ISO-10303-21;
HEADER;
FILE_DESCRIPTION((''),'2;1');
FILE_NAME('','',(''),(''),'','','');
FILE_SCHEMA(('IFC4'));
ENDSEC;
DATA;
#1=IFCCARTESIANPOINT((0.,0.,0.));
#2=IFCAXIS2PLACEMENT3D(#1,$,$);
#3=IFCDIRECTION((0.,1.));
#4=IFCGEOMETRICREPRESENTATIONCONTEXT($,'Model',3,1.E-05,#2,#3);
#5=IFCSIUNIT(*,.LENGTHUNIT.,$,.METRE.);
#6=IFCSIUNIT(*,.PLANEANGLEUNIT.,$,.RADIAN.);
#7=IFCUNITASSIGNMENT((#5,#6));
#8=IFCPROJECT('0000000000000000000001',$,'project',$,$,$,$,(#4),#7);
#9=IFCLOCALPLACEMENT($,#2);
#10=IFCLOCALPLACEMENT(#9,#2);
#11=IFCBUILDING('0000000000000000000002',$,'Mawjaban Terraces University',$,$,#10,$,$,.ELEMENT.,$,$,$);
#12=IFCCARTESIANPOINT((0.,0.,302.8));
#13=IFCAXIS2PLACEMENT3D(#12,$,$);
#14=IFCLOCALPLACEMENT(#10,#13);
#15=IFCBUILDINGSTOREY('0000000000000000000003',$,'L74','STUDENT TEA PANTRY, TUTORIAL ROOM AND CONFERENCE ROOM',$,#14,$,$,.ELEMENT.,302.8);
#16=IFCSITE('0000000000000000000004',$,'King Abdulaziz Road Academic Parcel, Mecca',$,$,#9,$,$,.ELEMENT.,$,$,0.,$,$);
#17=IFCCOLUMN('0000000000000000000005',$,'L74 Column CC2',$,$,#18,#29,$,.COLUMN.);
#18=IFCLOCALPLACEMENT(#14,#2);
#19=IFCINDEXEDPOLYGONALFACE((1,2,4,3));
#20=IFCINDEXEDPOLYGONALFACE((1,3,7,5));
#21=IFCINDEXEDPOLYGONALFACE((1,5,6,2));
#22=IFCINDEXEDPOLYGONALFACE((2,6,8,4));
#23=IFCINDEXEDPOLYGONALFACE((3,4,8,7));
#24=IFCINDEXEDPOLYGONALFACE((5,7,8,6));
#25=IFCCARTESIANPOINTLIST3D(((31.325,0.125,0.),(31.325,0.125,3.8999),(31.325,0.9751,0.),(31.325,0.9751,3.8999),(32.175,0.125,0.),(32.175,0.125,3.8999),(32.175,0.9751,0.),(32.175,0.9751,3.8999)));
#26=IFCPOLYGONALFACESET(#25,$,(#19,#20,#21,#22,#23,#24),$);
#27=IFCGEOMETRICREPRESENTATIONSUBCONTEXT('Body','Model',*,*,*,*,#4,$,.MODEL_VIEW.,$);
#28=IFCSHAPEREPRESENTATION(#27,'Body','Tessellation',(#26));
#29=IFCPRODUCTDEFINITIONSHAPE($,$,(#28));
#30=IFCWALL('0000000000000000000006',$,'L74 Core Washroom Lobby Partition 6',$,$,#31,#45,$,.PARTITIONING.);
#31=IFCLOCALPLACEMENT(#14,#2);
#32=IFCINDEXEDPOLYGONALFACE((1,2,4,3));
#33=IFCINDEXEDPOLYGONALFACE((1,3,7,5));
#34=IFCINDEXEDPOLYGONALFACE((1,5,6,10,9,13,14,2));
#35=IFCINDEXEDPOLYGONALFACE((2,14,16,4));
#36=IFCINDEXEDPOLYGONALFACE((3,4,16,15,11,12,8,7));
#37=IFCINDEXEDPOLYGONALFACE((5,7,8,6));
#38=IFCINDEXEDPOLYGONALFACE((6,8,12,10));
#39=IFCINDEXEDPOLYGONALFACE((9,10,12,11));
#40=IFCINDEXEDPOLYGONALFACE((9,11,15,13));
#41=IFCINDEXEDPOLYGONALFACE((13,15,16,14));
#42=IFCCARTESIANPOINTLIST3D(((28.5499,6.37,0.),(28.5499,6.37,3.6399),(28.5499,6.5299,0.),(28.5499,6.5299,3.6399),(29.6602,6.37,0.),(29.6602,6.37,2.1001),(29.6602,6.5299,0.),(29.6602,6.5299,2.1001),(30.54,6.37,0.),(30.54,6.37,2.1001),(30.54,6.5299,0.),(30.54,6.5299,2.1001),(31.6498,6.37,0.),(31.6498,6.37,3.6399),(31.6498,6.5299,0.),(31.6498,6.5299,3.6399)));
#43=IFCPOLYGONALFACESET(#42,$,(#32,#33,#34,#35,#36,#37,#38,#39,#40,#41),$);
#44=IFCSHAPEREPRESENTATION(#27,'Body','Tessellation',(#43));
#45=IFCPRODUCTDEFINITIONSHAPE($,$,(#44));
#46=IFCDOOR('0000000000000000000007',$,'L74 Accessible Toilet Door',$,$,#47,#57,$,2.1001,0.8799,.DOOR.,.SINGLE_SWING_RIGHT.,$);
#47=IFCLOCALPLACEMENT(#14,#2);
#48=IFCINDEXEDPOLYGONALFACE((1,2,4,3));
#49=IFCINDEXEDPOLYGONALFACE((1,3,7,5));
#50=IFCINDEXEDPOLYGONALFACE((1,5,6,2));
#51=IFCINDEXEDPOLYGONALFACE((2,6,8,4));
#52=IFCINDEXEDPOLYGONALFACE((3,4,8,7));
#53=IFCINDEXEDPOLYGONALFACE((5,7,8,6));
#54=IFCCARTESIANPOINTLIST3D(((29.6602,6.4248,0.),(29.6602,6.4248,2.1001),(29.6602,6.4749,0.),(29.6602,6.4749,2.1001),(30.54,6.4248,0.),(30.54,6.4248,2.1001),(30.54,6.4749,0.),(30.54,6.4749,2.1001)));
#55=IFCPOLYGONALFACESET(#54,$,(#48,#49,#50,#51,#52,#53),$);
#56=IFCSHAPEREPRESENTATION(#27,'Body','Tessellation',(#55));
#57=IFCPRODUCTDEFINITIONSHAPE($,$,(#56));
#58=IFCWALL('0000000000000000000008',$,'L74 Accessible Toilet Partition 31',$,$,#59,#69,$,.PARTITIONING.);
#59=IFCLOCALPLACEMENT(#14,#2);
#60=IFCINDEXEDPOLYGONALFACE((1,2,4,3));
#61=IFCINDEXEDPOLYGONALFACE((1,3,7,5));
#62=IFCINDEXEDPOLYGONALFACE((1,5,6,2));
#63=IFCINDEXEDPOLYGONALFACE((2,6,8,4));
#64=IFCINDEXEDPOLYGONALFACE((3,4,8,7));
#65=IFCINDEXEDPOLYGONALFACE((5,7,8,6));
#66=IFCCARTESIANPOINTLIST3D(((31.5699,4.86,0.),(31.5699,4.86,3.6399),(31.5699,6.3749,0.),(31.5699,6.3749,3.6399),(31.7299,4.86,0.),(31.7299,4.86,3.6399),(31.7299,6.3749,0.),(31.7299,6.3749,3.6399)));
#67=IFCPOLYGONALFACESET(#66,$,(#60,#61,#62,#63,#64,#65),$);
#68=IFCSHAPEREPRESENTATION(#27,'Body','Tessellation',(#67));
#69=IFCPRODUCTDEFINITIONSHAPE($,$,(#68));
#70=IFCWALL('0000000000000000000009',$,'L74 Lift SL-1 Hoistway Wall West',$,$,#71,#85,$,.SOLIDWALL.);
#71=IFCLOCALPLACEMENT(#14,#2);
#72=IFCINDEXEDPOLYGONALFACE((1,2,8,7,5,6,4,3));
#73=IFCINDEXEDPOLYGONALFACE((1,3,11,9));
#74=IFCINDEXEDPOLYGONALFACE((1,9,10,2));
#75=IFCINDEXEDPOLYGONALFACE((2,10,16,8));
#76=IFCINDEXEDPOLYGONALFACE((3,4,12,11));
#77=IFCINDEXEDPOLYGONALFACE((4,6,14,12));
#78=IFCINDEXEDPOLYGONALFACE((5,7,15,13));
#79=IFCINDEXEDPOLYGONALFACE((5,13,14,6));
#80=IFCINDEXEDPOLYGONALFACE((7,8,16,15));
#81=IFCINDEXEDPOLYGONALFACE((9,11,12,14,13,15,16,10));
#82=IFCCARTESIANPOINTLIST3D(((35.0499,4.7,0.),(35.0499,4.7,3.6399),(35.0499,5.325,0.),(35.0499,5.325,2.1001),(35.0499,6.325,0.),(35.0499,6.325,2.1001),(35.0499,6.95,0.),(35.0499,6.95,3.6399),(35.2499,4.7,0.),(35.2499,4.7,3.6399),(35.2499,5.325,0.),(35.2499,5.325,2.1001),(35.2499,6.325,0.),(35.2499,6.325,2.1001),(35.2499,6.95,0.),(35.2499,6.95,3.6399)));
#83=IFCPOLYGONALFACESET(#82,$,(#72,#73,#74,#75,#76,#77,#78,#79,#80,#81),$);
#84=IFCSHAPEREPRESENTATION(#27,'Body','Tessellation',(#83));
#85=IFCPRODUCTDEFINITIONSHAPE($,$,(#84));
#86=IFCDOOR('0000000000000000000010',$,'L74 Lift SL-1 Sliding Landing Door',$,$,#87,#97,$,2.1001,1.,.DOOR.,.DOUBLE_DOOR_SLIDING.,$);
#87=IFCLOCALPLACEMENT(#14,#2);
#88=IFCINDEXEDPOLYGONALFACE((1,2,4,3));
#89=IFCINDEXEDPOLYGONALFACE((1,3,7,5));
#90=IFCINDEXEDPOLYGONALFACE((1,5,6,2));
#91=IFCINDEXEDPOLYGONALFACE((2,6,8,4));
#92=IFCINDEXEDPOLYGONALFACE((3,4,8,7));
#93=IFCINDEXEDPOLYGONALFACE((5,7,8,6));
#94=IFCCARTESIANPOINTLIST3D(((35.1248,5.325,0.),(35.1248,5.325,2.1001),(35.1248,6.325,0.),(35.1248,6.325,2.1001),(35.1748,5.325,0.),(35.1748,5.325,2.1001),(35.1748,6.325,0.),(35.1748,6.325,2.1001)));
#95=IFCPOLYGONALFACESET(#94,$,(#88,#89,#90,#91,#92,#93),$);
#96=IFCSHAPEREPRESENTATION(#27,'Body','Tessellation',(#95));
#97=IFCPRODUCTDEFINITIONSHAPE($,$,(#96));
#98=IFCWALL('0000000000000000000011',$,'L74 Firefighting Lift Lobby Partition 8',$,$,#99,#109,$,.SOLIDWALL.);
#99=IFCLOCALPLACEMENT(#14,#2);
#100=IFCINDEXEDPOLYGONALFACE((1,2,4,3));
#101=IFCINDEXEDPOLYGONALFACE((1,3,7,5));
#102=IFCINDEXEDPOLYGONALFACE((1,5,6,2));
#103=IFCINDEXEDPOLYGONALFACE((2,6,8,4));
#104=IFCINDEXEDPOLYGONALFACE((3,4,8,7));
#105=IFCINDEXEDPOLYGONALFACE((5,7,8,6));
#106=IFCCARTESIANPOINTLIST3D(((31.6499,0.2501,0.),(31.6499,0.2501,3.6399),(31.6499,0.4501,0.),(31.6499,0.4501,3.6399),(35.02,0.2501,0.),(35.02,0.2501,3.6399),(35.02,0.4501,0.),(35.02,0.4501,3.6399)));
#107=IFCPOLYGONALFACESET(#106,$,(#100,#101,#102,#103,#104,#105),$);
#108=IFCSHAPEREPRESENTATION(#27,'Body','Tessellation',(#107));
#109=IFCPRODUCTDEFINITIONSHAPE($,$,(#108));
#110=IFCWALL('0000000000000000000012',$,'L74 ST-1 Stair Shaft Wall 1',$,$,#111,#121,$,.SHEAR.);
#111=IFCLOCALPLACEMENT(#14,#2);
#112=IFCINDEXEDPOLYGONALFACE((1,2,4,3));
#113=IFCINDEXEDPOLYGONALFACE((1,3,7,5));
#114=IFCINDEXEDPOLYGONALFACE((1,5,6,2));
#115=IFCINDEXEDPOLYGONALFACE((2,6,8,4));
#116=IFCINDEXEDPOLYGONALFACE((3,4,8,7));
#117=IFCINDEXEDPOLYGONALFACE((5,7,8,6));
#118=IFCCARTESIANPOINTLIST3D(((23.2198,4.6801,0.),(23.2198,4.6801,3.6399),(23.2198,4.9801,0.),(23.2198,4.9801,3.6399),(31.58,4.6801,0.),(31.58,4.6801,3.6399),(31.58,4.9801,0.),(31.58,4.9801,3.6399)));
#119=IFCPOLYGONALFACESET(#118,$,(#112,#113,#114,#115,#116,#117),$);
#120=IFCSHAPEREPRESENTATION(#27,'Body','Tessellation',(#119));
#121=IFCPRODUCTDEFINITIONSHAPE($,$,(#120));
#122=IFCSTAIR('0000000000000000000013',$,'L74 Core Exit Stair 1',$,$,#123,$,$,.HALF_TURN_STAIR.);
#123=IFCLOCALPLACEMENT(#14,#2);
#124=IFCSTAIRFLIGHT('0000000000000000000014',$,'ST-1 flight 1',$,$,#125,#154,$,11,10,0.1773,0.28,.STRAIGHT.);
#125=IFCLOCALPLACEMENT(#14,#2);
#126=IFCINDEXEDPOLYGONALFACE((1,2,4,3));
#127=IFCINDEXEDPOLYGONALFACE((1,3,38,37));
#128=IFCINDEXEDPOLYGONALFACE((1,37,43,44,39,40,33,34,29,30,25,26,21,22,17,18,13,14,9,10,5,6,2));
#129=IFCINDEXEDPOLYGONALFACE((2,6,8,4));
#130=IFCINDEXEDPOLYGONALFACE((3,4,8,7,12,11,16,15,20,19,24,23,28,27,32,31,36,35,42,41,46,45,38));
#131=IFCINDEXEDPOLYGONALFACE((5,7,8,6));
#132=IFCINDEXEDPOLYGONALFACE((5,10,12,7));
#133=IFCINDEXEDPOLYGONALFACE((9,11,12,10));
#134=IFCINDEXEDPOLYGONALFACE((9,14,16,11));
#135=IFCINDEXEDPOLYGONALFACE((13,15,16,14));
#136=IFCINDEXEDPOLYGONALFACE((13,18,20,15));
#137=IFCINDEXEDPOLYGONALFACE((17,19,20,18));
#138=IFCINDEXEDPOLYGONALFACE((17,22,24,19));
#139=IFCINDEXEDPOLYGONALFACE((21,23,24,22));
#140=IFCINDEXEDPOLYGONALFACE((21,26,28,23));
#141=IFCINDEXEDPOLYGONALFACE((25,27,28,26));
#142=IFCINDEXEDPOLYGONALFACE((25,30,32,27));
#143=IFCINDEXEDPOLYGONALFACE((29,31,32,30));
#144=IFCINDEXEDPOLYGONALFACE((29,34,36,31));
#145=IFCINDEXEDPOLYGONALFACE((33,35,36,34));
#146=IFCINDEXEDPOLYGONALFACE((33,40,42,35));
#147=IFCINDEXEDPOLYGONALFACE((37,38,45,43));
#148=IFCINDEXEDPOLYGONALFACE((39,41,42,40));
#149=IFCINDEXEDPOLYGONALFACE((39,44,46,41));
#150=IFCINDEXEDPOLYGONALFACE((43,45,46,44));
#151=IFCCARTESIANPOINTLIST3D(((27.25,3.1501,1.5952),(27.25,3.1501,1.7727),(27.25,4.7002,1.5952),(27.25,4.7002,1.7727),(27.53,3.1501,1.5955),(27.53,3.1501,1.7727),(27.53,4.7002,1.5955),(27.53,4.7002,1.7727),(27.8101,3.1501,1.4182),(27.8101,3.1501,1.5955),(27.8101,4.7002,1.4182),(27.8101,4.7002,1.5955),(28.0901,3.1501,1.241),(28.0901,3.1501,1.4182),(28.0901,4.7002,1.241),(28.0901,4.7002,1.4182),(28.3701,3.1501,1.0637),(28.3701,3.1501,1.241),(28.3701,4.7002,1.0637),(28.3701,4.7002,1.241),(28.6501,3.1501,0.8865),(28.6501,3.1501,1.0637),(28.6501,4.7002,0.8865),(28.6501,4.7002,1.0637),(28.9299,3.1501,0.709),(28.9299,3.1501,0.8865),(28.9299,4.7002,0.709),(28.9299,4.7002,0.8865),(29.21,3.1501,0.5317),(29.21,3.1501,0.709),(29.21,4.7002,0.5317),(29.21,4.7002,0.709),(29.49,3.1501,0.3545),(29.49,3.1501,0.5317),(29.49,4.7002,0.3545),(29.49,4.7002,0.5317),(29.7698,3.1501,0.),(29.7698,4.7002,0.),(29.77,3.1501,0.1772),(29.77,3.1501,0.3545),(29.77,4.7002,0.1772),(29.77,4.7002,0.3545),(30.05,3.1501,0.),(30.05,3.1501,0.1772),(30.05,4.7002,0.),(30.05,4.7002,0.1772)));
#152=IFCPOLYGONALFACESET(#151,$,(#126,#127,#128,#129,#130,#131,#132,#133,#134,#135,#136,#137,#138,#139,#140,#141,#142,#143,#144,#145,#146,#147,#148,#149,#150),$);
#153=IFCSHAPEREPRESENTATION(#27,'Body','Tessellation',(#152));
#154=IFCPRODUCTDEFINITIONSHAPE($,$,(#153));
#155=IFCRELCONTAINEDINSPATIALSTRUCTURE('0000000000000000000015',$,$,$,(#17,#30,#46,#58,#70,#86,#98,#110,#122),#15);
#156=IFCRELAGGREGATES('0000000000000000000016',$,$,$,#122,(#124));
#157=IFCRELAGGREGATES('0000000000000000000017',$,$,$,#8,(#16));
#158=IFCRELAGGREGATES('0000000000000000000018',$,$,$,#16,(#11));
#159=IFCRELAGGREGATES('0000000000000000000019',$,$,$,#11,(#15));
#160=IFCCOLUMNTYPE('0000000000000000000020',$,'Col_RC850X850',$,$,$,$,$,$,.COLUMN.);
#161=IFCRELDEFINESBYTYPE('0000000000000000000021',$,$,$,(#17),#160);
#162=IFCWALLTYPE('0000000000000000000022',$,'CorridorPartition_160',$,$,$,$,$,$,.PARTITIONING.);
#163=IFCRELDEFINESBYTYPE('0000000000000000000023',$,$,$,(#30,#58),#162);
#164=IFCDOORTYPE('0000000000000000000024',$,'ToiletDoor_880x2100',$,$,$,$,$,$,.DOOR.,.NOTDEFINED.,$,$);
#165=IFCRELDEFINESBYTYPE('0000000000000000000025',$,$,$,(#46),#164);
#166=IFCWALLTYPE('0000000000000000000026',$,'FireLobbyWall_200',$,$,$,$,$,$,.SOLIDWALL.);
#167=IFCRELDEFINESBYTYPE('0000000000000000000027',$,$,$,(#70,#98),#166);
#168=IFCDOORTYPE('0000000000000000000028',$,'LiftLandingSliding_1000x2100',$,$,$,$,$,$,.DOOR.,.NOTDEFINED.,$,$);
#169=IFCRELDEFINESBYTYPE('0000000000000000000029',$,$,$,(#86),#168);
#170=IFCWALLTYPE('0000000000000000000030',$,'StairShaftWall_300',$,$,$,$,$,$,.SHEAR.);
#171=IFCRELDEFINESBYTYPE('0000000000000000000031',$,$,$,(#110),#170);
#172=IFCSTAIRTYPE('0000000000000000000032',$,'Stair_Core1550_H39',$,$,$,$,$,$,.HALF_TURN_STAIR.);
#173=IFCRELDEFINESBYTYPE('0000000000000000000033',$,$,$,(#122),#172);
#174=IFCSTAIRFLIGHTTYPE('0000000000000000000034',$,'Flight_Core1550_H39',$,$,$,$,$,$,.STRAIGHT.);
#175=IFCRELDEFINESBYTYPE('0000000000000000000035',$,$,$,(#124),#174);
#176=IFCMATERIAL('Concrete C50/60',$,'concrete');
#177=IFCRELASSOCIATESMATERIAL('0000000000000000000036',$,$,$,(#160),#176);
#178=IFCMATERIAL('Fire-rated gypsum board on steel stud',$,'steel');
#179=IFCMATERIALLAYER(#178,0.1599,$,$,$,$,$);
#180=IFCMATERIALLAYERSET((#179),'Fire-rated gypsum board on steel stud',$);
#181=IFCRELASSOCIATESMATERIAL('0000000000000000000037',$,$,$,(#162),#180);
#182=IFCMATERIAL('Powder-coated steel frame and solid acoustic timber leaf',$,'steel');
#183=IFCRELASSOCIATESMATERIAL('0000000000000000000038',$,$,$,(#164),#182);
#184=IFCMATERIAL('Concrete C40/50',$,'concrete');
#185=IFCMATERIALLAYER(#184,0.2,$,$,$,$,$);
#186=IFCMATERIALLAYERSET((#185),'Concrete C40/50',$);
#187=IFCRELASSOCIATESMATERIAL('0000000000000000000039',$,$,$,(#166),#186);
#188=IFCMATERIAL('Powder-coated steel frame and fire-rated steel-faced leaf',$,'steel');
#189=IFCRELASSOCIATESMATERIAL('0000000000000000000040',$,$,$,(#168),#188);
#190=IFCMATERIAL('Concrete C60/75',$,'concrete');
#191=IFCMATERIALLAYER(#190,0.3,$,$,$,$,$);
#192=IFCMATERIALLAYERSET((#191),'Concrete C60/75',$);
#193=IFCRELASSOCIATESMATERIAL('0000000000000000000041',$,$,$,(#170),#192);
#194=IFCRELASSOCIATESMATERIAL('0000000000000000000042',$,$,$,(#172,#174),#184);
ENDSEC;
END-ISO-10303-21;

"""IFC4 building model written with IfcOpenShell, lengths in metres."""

from ifc_helpers import new_model, si_unit, direction, frame, frame_2d, origin, origin_2d, place, context, subcontext, project, spatial, polyline, rectangle, outline, extrude, material, layer, layer_set, material_profile, profile_set, type_object, element, fill, aggregate, save


model = new_model("IFC4")

# Units and contexts
model_context = context("Model", 3, precision=1e-05, world=origin(), true_north=direction((0.0, 1.0)))
body_context = subcontext(model_context, "Body", "Model", "MODEL_VIEW")
ifc_project = project(units=[si_unit("LENGTHUNIT", "METRE"), si_unit("PLANEANGLEUNIT", "RADIAN")], contexts=[model_context])

# Site, building, storey
site_placement = place(None, origin())
site = spatial("IfcSite", under=ifc_project, at=site_placement, Name="King Abdulaziz Road Academic Parcel, Mecca", CompositionType="ELEMENT", RefElevation=0.0)
building_placement = place(site_placement, origin())
building = spatial("IfcBuilding", under=site, at=building_placement, Name="Mawjaban Terraces University", CompositionType="ELEMENT")
storey_placement = place(building_placement, frame((0.0, 0.0, 302.8)))
storey = spatial("IfcBuildingStorey", under=building, at=storey_placement, Name="L74", Description="STUDENT TEA PANTRY, TUTORIAL ROOM AND CONFERENCE ROOM", CompositionType="ELEMENT", Elevation=302.8)

# Column
ifc_material_1 = material(Name="Concrete C50/60", Category="concrete")
ifc_material_profile = material_profile(ifc_material_1, rectangle(XDim=0.8501, YDim=0.8501, at=origin_2d()), Name="RC850X850")
ifc_profile_set = profile_set([ifc_material_profile], Name="Concrete C50/60")
column_type = type_object("IfcColumnType", Name="Col_RC850X850", PredefinedType="COLUMN", material=ifc_profile_set)
column_placement = place(storey_placement, frame((31.75, 0.55, 0.0), z_axis=(0.0, 0.0, 1.0), x_axis=(1.0, 0.0, 0.0)))
element("IfcColumn", 1, at=column_placement, inside=storey, type_object=column_type, Name="L74 Column CC2", PredefinedType="COLUMN", context=body_context, shape_type="SweptSolid", body=[
    extrude(rectangle(XDim=0.8501, YDim=0.8501, at=origin_2d()), origin(), (0.0, 0.0, 1.0), 3.8999),
])

# Wall, opening, door
ifc_material_2 = material(Name="Fire-rated gypsum board on steel stud", Category="steel")
ifc_layer_1 = layer(ifc_material_2, 0.1599)
ifc_layer_set_1 = layer_set([ifc_layer_1], Name="Fire-rated gypsum board on steel stud")
wall_type_1 = type_object("IfcWallType", Name="CorridorPartition_160", PredefinedType="PARTITIONING", material=ifc_layer_set_1)
wall_1_placement = place(storey_placement, frame((28.55, 6.45, 0.0), z_axis=(0.0, 0.0, 1.0), x_axis=(1.0, 0.0, 0.0)))
wall_1 = element("IfcWall", 2, at=wall_1_placement, inside=storey, type_object=wall_type_1, Name="L74 Core Washroom Lobby Partition 6", PredefinedType="PARTITIONING", context=body_context, shape_type="SweptSolid", body=[
    extrude(rectangle(XDim=3.0999, YDim=0.1599, at=frame_2d((1.5498, 0.0))), origin(), (0.0, 0.0, 1.0), 3.6399),
])
opening_1_placement = place(wall_1_placement, frame((1.1101, 0.0, 0.0)))
opening_1 = element("IfcOpeningElement", 3, at=opening_1_placement, cuts=wall_1, PredefinedType="OPENING", context=body_context, shape_type="SweptSolid", body=[
    extrude(rectangle(XDim=0.8799, YDim=2.1001, at=frame_2d((0.4399, 1.05))), frame((0.0, 0.0898, 0.0), z_axis=(0.0, -1.0, 0.0), x_axis=(1.0, 0.0, 0.0)), (0.0, 0.0, 1.0), 0.1799),
])
ifc_material_3 = material(Name="Powder-coated steel frame and solid acoustic timber leaf", Category="steel")
door_type_1 = type_object("IfcDoorType", Name="ToiletDoor_880x2100", OperationType="NOTDEFINED", PredefinedType="DOOR", material=ifc_material_3)
door_1_placement = place(opening_1_placement, origin())
door_1 = element("IfcDoor", 4, at=door_1_placement, inside=storey, type_object=door_type_1, Name="L74 Accessible Toilet Door", OperationType="SINGLE_SWING_RIGHT", OverallHeight=2.1001, OverallWidth=0.8799, PredefinedType="DOOR", context=body_context, shape_type="SweptSolid", body=[
    extrude(rectangle(XDim=0.8799, YDim=2.1001, at=frame_2d((0.4399, 1.05))), frame((0.0, 0.0249, 0.0), z_axis=(0.0, -1.0, 0.0), x_axis=(1.0, 0.0, 0.0)), (0.0, 0.0, 1.0), 0.05),
])
fill(opening_1, door_1)

# Wall
wall_2_placement = place(storey_placement, frame((31.6499, 4.8601, 0.0), z_axis=(0.0, 0.0, 1.0), x_axis=(0.0, 1.0, 0.0)))
element("IfcWall", 5, at=wall_2_placement, inside=storey, type_object=wall_type_1, Name="L74 Accessible Toilet Partition 31", PredefinedType="PARTITIONING", context=body_context, shape_type="SweptSolid", body=[
    extrude(rectangle(XDim=1.5149, YDim=0.1599, at=frame_2d((0.7573, 0.0))), origin(), (0.0, 0.0, 1.0), 3.6399),
])

# Wall, opening, door
ifc_material_4 = material(Name="Concrete C40/50", Category="concrete")
ifc_layer_2 = layer(ifc_material_4, 0.2)
ifc_layer_set_2 = layer_set([ifc_layer_2], Name="Concrete C40/50")
wall_type_2 = type_object("IfcWallType", Name="FireLobbyWall_200", PredefinedType="SOLIDWALL", material=ifc_layer_set_2)
ifc_material_5 = material(Name="Powder-coated steel frame and fire-rated steel-faced leaf", Category="steel")
wall_3_placement = place(storey_placement, frame((35.1499, 6.95, 0.0), z_axis=(0.0, 0.0, 1.0), x_axis=(0.0, -1.0, 0.0)))
wall_3 = element("IfcWall", 6, at=wall_3_placement, inside=storey, type_object=wall_type_2, Name="L74 Lift SL-1 Hoistway Wall West", PredefinedType="SOLIDWALL", context=body_context, shape_type="SweptSolid", body=[
    extrude(rectangle(XDim=2.25, YDim=0.2, at=frame_2d((1.125, 0.0))), origin(), (0.0, 0.0, 1.0), 3.6399),
])
opening_2_placement = place(wall_3_placement, frame((0.625, 0.0, 0.0)))
opening_2 = element("IfcOpeningElement", 7, at=opening_2_placement, cuts=wall_3, PredefinedType="OPENING", context=body_context, shape_type="SweptSolid", body=[
    extrude(rectangle(XDim=1.0, YDim=2.1001, at=frame_2d((0.5, 1.05))), frame((0.0, 0.1099, 0.0), z_axis=(0.0, -1.0, 0.0), x_axis=(1.0, 0.0, 0.0)), (0.0, 0.0, 1.0), 0.22),
])
door_type_2 = type_object("IfcDoorType", Name="LiftLandingSliding_1000x2100", OperationType="NOTDEFINED", PredefinedType="DOOR", material=ifc_material_5)
door_2_placement = place(opening_2_placement, origin())
door_2 = element("IfcDoor", 8, at=door_2_placement, inside=storey, type_object=door_type_2, Name="L74 Lift SL-1 Sliding Landing Door", OperationType="DOUBLE_DOOR_SLIDING", OverallHeight=2.1001, OverallWidth=1.0, PredefinedType="DOOR", context=body_context, shape_type="SweptSolid", body=[
    extrude(rectangle(XDim=1.0, YDim=2.1001, at=frame_2d((0.5, 1.05))), frame((0.0, 0.0249, 0.0), z_axis=(0.0, -1.0, 0.0), x_axis=(1.0, 0.0, 0.0)), (0.0, 0.0, 1.0), 0.05),
])
fill(opening_2, door_2)

# Wall
wall_4_placement = place(storey_placement, frame((31.6499, 0.3501, 0.0), z_axis=(0.0, 0.0, 1.0), x_axis=(1.0, 0.0, 0.0)))
element("IfcWall", 9, at=wall_4_placement, inside=storey, type_object=wall_type_2, Name="L74 Firefighting Lift Lobby Partition 8", PredefinedType="SOLIDWALL", context=body_context, shape_type="SweptSolid", body=[
    extrude(rectangle(XDim=3.3701, YDim=0.2, at=frame_2d((1.6851, 0.0))), origin(), (0.0, 0.0, 1.0), 3.6399),
])

# Wall
ifc_material_6 = material(Name="Concrete C60/75", Category="concrete")
ifc_layer_3 = layer(ifc_material_6, 0.3)
ifc_layer_set_3 = layer_set([ifc_layer_3], Name="Concrete C60/75")
wall_type_3 = type_object("IfcWallType", Name="StairShaftWall_300", PredefinedType="SHEAR", material=ifc_layer_set_3)
wall_5_placement = place(storey_placement, frame((31.5801, 4.8301, 0.0), z_axis=(0.0, 0.0, 1.0), x_axis=(-1.0, 0.0, 0.0)))
element("IfcWall", 10, at=wall_5_placement, inside=storey, type_object=wall_type_3, Name="L74 ST-1 Stair Shaft Wall 1", PredefinedType="SHEAR", context=body_context, shape_type="SweptSolid", body=[
    extrude(rectangle(XDim=8.3601, YDim=0.3, at=frame_2d((4.1802, 0.0))), origin(), (0.0, 0.0, 1.0), 3.6399),
])

# Stair, stair flight
stair_type = type_object("IfcStairType", Name="Stair_Core1550_H39", PredefinedType="HALF_TURN_STAIR", material=ifc_material_4)
stair_placement = place(storey_placement, origin())
stair = element("IfcStair", 11, at=stair_placement, inside=storey, type_object=stair_type, Name="L74 Core Exit Stair 1", PredefinedType="HALF_TURN_STAIR")
stair_flight_type = type_object("IfcStairFlightType", Name="Flight_Core1550_H39", PredefinedType="STRAIGHT", material=ifc_material_4)
stair_flight_placement = place(storey_placement, frame((30.05, 3.925, 0.0), z_axis=(0.0, 0.0, 1.0), x_axis=(-1.0, 0.0, 0.0)))
stair_flight = element("IfcStairFlight", 12, at=stair_flight_placement, type_object=stair_flight_type, Name="ST-1 flight 1", NumberOfRisers=11, NumberOfTreads=10, PredefinedType="STRAIGHT", RiserHeight=0.1773, TreadLength=0.28, context=body_context, shape_type="SweptSolid", body=[
    extrude(outline(polyline([(0.0, 0.0), (0.0, 0.1772), (0.28, 0.1772), (0.28, 0.3545), (0.5601, 0.3545), (0.5601, 0.5317), (0.8401, 0.5317), (0.8401, 0.709), (1.1201, 0.709), (1.1201, 0.8865), (1.3999, 0.8865), (1.3999, 1.0637), (1.6799, 1.0637), (1.6799, 1.241), (1.96, 1.241), (1.96, 1.4182), (2.24, 1.4182), (2.24, 1.5955), (2.52, 1.5955), (2.52, 1.7727), (2.8, 1.7727), (2.8, 1.95), (2.8, 1.5952), (0.2803, 0.0), (0.0, 0.0)])), frame((0.0, 0.7749, 0.0), z_axis=(0.0, -1.0, 0.0), x_axis=(1.0, 0.0, 0.0)), (0.0, 0.0, 1.0), 1.55),
])
aggregate(stair, [stair_flight])

save(model, "model.ifc")
